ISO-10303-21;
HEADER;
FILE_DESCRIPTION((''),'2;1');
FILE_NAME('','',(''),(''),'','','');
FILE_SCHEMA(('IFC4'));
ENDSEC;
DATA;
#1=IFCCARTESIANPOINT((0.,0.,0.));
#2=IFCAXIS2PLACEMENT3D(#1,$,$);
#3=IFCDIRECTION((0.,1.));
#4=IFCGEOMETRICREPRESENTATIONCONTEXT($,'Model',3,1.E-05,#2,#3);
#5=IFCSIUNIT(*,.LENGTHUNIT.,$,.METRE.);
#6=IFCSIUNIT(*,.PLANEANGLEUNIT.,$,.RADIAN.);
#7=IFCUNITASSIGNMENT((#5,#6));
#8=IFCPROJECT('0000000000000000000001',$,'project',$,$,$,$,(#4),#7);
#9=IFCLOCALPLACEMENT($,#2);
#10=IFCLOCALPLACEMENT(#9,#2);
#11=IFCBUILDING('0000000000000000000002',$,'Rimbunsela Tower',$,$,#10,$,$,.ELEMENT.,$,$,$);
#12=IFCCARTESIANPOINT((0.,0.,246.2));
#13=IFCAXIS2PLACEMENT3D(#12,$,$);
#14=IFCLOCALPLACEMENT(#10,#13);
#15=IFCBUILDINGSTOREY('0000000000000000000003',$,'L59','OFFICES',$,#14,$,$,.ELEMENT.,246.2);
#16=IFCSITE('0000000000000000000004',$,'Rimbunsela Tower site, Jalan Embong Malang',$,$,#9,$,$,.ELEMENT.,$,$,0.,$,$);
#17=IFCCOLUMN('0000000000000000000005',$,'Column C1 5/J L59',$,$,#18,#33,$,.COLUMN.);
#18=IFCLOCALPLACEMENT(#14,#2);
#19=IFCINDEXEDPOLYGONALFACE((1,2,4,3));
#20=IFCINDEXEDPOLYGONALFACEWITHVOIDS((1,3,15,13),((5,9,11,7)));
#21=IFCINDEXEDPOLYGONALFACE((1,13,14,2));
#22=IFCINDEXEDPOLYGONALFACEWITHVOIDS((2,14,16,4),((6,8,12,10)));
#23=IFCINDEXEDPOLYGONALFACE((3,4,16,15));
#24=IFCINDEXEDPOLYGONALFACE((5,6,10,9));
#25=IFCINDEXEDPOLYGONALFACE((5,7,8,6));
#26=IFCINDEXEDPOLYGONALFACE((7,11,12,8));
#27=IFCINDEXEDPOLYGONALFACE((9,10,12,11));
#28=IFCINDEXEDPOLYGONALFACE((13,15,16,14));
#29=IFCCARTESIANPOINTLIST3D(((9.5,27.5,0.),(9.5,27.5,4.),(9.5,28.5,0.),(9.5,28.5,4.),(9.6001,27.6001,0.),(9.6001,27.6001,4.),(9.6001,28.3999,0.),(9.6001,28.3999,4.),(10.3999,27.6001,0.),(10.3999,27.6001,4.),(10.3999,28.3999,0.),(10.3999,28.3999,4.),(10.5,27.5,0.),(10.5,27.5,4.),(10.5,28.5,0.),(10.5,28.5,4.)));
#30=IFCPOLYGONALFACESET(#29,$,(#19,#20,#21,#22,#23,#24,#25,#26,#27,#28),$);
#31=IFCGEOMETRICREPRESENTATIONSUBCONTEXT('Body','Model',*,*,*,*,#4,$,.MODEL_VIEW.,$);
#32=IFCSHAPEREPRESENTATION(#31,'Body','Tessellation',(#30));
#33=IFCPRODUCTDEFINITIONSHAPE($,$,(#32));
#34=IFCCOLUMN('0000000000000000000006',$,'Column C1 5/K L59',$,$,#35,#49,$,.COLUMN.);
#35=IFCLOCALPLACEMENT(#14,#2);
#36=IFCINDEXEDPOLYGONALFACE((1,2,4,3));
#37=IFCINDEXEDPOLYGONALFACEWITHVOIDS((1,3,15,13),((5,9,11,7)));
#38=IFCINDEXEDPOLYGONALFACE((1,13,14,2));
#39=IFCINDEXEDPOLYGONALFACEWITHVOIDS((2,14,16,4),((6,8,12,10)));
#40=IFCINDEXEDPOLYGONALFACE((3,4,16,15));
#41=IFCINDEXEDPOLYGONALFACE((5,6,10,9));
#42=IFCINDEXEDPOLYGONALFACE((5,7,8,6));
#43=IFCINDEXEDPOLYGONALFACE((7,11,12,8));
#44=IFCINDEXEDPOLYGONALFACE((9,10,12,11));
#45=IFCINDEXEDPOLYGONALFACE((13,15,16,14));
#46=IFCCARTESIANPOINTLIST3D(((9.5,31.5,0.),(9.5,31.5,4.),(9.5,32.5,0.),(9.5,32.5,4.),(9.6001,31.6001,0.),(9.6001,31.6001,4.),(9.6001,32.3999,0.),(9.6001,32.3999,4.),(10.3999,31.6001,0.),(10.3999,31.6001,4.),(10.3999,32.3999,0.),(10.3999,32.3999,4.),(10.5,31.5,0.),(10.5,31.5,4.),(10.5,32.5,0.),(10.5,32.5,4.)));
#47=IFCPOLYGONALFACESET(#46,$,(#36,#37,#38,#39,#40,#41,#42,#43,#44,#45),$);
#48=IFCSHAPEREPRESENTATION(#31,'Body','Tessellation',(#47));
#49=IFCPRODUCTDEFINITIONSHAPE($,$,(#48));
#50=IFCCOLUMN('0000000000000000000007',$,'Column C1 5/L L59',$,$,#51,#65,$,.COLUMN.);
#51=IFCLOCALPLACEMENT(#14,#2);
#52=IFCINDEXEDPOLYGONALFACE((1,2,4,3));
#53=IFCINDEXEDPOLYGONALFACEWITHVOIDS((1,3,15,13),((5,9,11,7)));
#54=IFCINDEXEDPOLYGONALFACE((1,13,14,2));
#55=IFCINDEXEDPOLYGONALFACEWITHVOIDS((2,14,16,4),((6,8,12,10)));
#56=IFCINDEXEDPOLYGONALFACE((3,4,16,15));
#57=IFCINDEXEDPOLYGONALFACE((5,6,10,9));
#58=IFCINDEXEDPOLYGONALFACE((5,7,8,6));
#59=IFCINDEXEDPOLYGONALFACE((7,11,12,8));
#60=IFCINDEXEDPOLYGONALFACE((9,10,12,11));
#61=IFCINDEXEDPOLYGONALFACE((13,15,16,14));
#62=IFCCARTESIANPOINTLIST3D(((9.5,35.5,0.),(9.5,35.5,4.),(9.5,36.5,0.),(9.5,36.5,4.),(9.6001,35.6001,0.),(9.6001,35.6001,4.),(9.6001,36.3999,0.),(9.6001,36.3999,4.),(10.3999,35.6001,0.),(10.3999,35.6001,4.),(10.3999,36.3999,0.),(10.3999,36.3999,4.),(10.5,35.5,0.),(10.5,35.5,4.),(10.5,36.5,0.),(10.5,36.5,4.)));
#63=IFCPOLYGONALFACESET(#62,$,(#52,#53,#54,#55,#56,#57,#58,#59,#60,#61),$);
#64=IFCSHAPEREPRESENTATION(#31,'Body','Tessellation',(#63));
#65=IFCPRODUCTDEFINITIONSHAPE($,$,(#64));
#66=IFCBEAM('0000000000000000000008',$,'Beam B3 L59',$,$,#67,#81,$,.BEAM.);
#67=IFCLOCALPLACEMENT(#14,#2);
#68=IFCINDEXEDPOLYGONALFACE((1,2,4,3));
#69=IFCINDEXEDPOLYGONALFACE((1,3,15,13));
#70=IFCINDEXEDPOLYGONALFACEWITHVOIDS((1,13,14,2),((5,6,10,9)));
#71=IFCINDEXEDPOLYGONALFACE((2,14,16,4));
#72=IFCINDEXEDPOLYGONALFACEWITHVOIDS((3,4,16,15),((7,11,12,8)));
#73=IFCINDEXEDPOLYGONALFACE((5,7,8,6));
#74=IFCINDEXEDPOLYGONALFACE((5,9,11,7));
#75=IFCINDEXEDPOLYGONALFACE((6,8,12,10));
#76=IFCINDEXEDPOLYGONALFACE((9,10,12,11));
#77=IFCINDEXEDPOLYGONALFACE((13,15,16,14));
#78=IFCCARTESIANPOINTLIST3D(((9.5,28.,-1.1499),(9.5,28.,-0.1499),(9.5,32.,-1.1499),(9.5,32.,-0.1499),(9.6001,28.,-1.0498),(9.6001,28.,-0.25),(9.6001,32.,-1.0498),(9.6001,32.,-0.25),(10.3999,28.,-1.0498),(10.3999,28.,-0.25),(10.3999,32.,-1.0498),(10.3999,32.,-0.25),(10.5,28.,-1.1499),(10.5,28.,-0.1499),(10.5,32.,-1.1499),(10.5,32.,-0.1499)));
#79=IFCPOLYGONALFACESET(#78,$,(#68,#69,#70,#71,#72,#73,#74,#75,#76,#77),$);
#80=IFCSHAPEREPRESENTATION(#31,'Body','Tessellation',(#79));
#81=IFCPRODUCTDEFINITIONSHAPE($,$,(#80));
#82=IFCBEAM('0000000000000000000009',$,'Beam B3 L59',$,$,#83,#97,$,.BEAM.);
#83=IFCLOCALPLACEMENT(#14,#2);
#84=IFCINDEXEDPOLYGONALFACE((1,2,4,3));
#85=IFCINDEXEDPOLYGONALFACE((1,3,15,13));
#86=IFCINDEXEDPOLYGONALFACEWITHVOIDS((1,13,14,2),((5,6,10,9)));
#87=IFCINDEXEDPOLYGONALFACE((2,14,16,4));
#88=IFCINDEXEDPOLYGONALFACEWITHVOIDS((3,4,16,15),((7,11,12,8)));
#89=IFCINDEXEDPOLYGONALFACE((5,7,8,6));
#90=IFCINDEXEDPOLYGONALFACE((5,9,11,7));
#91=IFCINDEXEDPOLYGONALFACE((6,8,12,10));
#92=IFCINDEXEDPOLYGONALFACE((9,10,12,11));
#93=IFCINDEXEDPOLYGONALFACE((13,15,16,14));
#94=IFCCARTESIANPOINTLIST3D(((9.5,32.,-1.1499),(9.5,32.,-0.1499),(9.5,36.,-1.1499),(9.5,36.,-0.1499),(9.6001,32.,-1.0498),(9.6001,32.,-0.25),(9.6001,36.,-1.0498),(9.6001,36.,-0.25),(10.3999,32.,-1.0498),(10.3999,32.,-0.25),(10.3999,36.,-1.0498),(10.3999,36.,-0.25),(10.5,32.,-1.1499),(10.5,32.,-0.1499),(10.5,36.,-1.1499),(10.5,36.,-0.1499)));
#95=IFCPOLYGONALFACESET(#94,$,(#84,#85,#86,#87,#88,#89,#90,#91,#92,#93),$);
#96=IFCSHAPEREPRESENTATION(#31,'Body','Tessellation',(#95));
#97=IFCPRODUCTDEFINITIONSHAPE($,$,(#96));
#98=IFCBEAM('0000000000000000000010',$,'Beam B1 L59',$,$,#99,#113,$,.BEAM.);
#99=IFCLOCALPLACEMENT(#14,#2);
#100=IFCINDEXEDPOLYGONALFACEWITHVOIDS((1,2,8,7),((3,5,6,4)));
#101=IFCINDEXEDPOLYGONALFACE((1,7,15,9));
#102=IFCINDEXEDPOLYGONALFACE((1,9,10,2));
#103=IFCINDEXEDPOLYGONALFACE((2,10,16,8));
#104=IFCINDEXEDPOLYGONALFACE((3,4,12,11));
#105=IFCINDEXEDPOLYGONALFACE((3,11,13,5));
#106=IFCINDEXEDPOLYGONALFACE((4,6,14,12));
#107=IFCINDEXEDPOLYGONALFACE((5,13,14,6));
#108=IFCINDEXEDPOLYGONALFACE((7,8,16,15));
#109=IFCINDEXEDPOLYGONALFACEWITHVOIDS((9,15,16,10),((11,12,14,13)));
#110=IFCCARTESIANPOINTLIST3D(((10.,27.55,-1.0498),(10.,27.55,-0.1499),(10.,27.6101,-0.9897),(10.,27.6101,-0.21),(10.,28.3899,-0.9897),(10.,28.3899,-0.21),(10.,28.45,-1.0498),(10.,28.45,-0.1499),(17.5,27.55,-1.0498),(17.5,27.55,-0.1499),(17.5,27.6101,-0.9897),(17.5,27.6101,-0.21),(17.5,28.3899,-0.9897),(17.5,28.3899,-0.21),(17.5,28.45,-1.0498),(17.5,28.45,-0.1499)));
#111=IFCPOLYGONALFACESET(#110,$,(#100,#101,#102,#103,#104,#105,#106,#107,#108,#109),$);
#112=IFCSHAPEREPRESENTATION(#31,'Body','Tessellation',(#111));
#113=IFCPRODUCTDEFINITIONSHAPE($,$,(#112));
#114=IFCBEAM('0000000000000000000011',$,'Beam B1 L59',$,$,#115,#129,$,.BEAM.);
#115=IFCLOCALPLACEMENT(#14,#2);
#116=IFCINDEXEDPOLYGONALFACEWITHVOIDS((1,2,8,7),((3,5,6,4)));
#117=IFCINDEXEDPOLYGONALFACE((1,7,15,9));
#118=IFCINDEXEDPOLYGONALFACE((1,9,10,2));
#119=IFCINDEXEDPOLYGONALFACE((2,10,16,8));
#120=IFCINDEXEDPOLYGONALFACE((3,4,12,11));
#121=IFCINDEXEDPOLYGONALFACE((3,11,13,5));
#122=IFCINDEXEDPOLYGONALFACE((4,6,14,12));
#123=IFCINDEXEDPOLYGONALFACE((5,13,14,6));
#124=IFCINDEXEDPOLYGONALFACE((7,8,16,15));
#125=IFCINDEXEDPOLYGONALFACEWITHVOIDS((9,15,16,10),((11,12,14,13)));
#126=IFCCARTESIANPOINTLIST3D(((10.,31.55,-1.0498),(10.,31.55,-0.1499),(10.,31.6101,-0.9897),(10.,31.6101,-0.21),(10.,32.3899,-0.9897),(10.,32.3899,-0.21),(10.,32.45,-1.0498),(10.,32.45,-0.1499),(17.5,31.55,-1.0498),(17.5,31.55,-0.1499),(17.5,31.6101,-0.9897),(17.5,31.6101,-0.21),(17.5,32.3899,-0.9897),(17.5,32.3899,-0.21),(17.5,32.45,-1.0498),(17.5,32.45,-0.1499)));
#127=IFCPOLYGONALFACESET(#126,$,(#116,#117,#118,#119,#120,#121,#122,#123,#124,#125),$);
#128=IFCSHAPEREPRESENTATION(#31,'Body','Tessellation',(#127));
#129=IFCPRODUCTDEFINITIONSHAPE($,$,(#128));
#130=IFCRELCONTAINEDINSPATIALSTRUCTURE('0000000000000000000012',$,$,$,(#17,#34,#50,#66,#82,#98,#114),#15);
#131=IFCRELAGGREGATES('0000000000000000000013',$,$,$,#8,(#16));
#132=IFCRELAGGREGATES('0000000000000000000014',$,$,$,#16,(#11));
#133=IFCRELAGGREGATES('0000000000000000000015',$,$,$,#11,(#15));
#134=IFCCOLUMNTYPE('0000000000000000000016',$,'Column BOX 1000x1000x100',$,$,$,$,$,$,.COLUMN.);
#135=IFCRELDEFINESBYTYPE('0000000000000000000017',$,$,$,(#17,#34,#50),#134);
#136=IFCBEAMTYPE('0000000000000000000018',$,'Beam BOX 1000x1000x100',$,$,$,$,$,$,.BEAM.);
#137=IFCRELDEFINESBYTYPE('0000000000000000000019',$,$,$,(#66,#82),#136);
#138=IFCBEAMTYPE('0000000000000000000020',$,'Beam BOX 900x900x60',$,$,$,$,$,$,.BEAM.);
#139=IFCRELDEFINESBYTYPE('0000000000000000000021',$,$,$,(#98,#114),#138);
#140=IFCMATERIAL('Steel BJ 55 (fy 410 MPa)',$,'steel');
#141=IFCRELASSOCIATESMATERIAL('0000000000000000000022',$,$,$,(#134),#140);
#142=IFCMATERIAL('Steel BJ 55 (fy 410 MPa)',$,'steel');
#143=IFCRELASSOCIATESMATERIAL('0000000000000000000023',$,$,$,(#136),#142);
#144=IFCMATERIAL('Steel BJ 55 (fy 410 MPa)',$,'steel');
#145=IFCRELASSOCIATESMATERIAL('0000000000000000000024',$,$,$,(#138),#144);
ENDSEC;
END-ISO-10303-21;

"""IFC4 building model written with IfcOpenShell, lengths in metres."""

from ifc_helpers import new_model, si_unit, direction, frame, origin, origin_2d, place, context, subcontext, project, spatial, hollow_rectangle, extrude, material, material_profile, profile_set, type_object, element, save


model = new_model("IFC4")

# Units and contexts
model_context = context("Model", 3, precision=1e-05, world=origin(), true_north=direction((0.0, 1.0)))
body_context = subcontext(model_context, "Body", "Model", "MODEL_VIEW")
ifc_project = project(units=[si_unit("LENGTHUNIT", "METRE"), si_unit("PLANEANGLEUNIT", "RADIAN")], contexts=[model_context])

# Site, building, storey
site_placement = place(None, origin())
site = spatial("IfcSite", under=ifc_project, at=site_placement, Name="Rimbunsela Tower site, Jalan Embong Malang", CompositionType="ELEMENT", RefElevation=0.0)
building_placement = place(site_placement, origin())
building = spatial("IfcBuilding", under=site, at=building_placement, Name="Rimbunsela Tower", CompositionType="ELEMENT")
storey_placement = place(building_placement, frame((0.0, 0.0, 246.2)))
storey = spatial("IfcBuildingStorey", under=building, at=storey_placement, Name="L59", Description="OFFICES", CompositionType="ELEMENT", Elevation=246.2)

# Columns
ifc_material_1 = material(Name="Steel BJ 55 (fy 410 MPa)", Category="steel")
ifc_material_profile_1 = material_profile(ifc_material_1, hollow_rectangle(XDim=1.0, YDim=1.0, WallThickness=0.1001, at=origin_2d()), Name="BOX 1000x1000x100")
ifc_profile_set_1 = profile_set([ifc_material_profile_1], Name="Steel BJ 55 (fy 410 MPa)")
column_type = type_object("IfcColumnType", Name="Column BOX 1000x1000x100", PredefinedType="COLUMN", material=ifc_profile_set_1)
for number, where, z_axis, x_axis, name in (
    (1, (10.0, 28.0, 0.0), (0.0, 0.0, 1.0), (1.0, 0.0, 0.0), "Column C1 5/J L59"),
    (2, (10.0, 32.0, 0.0), (0.0, 0.0, 1.0), (1.0, 0.0, 0.0), "Column C1 5/K L59"),
    (3, (10.0, 36.0, 0.0), (0.0, 0.0, 1.0), (1.0, 0.0, 0.0), "Column C1 5/L L59"),
):
    element("IfcColumn", number, at=place(storey_placement, frame(where, z_axis=z_axis, x_axis=x_axis)), inside=storey, type_object=column_type, Name=name, PredefinedType="COLUMN", context=body_context, shape_type="SweptSolid", body=[
        extrude(hollow_rectangle(XDim=1.0, YDim=1.0, WallThickness=0.1001, at=origin_2d()), origin(), (0.0, 0.0, 1.0), 4.0),
    ])

# Beams
ifc_material_2 = material(Name="Steel BJ 55 (fy 410 MPa)", Category="steel")
ifc_material_profile_2 = material_profile(ifc_material_2, hollow_rectangle(XDim=1.0, YDim=1.0, WallThickness=0.1001, at=origin_2d()), Name="BOX 1000x1000x100")
ifc_profile_set_2 = profile_set([ifc_material_profile_2], Name="Steel BJ 55 (fy 410 MPa)")
beam_type_1 = type_object("IfcBeamType", Name="Beam BOX 1000x1000x100", PredefinedType="BEAM", material=ifc_profile_set_2)
for number, where, z_axis, x_axis, name in (
    (4, (10.0, 28.0, -0.6499), (0.0, 1.0, 0.0), (-1.0, 0.0, 0.0), "Beam B3 L59"),
    (5, (10.0, 32.0, -0.6499), (0.0, 1.0, 0.0), (-1.0, 0.0, 0.0), "Beam B3 L59"),
):
    element("IfcBeam", number, at=place(storey_placement, frame(where, z_axis=z_axis, x_axis=x_axis)), inside=storey, type_object=beam_type_1, Name=name, PredefinedType="BEAM", context=body_context, shape_type="SweptSolid", body=[
        extrude(hollow_rectangle(XDim=1.0, YDim=1.0, WallThickness=0.1001, at=origin_2d()), origin(), (0.0, 0.0, 1.0), 4.0),
    ])
ifc_material_3 = material(Name="Steel BJ 55 (fy 410 MPa)", Category="steel")
ifc_material_profile_3 = material_profile(ifc_material_3, hollow_rectangle(XDim=0.8999, YDim=0.8999, WallThickness=0.0601, at=origin_2d()), Name="BOX 900x900x60")
ifc_profile_set_3 = profile_set([ifc_material_profile_3], Name="Steel BJ 55 (fy 410 MPa)")
beam_type_2 = type_object("IfcBeamType", Name="Beam BOX 900x900x60", PredefinedType="BEAM", material=ifc_profile_set_3)
for number, where, z_axis, x_axis, name in (
    (6, (10.0, 28.0, -0.5999), (1.0, 0.0, 0.0), (0.0, 1.0, 0.0), "Beam B1 L59"),
    (7, (10.0, 32.0, -0.5999), (1.0, 0.0, 0.0), (0.0, 1.0, 0.0), "Beam B1 L59"),
):
    element("IfcBeam", number, at=place(storey_placement, frame(where, z_axis=z_axis, x_axis=x_axis)), inside=storey, type_object=beam_type_2, Name=name, PredefinedType="BEAM", context=body_context, shape_type="SweptSolid", body=[
        extrude(hollow_rectangle(XDim=0.8999, YDim=0.8999, WallThickness=0.0601, at=origin_2d()), origin(), (0.0, 0.0, 1.0), 7.5),
    ])

save(model, "model.ifc")
